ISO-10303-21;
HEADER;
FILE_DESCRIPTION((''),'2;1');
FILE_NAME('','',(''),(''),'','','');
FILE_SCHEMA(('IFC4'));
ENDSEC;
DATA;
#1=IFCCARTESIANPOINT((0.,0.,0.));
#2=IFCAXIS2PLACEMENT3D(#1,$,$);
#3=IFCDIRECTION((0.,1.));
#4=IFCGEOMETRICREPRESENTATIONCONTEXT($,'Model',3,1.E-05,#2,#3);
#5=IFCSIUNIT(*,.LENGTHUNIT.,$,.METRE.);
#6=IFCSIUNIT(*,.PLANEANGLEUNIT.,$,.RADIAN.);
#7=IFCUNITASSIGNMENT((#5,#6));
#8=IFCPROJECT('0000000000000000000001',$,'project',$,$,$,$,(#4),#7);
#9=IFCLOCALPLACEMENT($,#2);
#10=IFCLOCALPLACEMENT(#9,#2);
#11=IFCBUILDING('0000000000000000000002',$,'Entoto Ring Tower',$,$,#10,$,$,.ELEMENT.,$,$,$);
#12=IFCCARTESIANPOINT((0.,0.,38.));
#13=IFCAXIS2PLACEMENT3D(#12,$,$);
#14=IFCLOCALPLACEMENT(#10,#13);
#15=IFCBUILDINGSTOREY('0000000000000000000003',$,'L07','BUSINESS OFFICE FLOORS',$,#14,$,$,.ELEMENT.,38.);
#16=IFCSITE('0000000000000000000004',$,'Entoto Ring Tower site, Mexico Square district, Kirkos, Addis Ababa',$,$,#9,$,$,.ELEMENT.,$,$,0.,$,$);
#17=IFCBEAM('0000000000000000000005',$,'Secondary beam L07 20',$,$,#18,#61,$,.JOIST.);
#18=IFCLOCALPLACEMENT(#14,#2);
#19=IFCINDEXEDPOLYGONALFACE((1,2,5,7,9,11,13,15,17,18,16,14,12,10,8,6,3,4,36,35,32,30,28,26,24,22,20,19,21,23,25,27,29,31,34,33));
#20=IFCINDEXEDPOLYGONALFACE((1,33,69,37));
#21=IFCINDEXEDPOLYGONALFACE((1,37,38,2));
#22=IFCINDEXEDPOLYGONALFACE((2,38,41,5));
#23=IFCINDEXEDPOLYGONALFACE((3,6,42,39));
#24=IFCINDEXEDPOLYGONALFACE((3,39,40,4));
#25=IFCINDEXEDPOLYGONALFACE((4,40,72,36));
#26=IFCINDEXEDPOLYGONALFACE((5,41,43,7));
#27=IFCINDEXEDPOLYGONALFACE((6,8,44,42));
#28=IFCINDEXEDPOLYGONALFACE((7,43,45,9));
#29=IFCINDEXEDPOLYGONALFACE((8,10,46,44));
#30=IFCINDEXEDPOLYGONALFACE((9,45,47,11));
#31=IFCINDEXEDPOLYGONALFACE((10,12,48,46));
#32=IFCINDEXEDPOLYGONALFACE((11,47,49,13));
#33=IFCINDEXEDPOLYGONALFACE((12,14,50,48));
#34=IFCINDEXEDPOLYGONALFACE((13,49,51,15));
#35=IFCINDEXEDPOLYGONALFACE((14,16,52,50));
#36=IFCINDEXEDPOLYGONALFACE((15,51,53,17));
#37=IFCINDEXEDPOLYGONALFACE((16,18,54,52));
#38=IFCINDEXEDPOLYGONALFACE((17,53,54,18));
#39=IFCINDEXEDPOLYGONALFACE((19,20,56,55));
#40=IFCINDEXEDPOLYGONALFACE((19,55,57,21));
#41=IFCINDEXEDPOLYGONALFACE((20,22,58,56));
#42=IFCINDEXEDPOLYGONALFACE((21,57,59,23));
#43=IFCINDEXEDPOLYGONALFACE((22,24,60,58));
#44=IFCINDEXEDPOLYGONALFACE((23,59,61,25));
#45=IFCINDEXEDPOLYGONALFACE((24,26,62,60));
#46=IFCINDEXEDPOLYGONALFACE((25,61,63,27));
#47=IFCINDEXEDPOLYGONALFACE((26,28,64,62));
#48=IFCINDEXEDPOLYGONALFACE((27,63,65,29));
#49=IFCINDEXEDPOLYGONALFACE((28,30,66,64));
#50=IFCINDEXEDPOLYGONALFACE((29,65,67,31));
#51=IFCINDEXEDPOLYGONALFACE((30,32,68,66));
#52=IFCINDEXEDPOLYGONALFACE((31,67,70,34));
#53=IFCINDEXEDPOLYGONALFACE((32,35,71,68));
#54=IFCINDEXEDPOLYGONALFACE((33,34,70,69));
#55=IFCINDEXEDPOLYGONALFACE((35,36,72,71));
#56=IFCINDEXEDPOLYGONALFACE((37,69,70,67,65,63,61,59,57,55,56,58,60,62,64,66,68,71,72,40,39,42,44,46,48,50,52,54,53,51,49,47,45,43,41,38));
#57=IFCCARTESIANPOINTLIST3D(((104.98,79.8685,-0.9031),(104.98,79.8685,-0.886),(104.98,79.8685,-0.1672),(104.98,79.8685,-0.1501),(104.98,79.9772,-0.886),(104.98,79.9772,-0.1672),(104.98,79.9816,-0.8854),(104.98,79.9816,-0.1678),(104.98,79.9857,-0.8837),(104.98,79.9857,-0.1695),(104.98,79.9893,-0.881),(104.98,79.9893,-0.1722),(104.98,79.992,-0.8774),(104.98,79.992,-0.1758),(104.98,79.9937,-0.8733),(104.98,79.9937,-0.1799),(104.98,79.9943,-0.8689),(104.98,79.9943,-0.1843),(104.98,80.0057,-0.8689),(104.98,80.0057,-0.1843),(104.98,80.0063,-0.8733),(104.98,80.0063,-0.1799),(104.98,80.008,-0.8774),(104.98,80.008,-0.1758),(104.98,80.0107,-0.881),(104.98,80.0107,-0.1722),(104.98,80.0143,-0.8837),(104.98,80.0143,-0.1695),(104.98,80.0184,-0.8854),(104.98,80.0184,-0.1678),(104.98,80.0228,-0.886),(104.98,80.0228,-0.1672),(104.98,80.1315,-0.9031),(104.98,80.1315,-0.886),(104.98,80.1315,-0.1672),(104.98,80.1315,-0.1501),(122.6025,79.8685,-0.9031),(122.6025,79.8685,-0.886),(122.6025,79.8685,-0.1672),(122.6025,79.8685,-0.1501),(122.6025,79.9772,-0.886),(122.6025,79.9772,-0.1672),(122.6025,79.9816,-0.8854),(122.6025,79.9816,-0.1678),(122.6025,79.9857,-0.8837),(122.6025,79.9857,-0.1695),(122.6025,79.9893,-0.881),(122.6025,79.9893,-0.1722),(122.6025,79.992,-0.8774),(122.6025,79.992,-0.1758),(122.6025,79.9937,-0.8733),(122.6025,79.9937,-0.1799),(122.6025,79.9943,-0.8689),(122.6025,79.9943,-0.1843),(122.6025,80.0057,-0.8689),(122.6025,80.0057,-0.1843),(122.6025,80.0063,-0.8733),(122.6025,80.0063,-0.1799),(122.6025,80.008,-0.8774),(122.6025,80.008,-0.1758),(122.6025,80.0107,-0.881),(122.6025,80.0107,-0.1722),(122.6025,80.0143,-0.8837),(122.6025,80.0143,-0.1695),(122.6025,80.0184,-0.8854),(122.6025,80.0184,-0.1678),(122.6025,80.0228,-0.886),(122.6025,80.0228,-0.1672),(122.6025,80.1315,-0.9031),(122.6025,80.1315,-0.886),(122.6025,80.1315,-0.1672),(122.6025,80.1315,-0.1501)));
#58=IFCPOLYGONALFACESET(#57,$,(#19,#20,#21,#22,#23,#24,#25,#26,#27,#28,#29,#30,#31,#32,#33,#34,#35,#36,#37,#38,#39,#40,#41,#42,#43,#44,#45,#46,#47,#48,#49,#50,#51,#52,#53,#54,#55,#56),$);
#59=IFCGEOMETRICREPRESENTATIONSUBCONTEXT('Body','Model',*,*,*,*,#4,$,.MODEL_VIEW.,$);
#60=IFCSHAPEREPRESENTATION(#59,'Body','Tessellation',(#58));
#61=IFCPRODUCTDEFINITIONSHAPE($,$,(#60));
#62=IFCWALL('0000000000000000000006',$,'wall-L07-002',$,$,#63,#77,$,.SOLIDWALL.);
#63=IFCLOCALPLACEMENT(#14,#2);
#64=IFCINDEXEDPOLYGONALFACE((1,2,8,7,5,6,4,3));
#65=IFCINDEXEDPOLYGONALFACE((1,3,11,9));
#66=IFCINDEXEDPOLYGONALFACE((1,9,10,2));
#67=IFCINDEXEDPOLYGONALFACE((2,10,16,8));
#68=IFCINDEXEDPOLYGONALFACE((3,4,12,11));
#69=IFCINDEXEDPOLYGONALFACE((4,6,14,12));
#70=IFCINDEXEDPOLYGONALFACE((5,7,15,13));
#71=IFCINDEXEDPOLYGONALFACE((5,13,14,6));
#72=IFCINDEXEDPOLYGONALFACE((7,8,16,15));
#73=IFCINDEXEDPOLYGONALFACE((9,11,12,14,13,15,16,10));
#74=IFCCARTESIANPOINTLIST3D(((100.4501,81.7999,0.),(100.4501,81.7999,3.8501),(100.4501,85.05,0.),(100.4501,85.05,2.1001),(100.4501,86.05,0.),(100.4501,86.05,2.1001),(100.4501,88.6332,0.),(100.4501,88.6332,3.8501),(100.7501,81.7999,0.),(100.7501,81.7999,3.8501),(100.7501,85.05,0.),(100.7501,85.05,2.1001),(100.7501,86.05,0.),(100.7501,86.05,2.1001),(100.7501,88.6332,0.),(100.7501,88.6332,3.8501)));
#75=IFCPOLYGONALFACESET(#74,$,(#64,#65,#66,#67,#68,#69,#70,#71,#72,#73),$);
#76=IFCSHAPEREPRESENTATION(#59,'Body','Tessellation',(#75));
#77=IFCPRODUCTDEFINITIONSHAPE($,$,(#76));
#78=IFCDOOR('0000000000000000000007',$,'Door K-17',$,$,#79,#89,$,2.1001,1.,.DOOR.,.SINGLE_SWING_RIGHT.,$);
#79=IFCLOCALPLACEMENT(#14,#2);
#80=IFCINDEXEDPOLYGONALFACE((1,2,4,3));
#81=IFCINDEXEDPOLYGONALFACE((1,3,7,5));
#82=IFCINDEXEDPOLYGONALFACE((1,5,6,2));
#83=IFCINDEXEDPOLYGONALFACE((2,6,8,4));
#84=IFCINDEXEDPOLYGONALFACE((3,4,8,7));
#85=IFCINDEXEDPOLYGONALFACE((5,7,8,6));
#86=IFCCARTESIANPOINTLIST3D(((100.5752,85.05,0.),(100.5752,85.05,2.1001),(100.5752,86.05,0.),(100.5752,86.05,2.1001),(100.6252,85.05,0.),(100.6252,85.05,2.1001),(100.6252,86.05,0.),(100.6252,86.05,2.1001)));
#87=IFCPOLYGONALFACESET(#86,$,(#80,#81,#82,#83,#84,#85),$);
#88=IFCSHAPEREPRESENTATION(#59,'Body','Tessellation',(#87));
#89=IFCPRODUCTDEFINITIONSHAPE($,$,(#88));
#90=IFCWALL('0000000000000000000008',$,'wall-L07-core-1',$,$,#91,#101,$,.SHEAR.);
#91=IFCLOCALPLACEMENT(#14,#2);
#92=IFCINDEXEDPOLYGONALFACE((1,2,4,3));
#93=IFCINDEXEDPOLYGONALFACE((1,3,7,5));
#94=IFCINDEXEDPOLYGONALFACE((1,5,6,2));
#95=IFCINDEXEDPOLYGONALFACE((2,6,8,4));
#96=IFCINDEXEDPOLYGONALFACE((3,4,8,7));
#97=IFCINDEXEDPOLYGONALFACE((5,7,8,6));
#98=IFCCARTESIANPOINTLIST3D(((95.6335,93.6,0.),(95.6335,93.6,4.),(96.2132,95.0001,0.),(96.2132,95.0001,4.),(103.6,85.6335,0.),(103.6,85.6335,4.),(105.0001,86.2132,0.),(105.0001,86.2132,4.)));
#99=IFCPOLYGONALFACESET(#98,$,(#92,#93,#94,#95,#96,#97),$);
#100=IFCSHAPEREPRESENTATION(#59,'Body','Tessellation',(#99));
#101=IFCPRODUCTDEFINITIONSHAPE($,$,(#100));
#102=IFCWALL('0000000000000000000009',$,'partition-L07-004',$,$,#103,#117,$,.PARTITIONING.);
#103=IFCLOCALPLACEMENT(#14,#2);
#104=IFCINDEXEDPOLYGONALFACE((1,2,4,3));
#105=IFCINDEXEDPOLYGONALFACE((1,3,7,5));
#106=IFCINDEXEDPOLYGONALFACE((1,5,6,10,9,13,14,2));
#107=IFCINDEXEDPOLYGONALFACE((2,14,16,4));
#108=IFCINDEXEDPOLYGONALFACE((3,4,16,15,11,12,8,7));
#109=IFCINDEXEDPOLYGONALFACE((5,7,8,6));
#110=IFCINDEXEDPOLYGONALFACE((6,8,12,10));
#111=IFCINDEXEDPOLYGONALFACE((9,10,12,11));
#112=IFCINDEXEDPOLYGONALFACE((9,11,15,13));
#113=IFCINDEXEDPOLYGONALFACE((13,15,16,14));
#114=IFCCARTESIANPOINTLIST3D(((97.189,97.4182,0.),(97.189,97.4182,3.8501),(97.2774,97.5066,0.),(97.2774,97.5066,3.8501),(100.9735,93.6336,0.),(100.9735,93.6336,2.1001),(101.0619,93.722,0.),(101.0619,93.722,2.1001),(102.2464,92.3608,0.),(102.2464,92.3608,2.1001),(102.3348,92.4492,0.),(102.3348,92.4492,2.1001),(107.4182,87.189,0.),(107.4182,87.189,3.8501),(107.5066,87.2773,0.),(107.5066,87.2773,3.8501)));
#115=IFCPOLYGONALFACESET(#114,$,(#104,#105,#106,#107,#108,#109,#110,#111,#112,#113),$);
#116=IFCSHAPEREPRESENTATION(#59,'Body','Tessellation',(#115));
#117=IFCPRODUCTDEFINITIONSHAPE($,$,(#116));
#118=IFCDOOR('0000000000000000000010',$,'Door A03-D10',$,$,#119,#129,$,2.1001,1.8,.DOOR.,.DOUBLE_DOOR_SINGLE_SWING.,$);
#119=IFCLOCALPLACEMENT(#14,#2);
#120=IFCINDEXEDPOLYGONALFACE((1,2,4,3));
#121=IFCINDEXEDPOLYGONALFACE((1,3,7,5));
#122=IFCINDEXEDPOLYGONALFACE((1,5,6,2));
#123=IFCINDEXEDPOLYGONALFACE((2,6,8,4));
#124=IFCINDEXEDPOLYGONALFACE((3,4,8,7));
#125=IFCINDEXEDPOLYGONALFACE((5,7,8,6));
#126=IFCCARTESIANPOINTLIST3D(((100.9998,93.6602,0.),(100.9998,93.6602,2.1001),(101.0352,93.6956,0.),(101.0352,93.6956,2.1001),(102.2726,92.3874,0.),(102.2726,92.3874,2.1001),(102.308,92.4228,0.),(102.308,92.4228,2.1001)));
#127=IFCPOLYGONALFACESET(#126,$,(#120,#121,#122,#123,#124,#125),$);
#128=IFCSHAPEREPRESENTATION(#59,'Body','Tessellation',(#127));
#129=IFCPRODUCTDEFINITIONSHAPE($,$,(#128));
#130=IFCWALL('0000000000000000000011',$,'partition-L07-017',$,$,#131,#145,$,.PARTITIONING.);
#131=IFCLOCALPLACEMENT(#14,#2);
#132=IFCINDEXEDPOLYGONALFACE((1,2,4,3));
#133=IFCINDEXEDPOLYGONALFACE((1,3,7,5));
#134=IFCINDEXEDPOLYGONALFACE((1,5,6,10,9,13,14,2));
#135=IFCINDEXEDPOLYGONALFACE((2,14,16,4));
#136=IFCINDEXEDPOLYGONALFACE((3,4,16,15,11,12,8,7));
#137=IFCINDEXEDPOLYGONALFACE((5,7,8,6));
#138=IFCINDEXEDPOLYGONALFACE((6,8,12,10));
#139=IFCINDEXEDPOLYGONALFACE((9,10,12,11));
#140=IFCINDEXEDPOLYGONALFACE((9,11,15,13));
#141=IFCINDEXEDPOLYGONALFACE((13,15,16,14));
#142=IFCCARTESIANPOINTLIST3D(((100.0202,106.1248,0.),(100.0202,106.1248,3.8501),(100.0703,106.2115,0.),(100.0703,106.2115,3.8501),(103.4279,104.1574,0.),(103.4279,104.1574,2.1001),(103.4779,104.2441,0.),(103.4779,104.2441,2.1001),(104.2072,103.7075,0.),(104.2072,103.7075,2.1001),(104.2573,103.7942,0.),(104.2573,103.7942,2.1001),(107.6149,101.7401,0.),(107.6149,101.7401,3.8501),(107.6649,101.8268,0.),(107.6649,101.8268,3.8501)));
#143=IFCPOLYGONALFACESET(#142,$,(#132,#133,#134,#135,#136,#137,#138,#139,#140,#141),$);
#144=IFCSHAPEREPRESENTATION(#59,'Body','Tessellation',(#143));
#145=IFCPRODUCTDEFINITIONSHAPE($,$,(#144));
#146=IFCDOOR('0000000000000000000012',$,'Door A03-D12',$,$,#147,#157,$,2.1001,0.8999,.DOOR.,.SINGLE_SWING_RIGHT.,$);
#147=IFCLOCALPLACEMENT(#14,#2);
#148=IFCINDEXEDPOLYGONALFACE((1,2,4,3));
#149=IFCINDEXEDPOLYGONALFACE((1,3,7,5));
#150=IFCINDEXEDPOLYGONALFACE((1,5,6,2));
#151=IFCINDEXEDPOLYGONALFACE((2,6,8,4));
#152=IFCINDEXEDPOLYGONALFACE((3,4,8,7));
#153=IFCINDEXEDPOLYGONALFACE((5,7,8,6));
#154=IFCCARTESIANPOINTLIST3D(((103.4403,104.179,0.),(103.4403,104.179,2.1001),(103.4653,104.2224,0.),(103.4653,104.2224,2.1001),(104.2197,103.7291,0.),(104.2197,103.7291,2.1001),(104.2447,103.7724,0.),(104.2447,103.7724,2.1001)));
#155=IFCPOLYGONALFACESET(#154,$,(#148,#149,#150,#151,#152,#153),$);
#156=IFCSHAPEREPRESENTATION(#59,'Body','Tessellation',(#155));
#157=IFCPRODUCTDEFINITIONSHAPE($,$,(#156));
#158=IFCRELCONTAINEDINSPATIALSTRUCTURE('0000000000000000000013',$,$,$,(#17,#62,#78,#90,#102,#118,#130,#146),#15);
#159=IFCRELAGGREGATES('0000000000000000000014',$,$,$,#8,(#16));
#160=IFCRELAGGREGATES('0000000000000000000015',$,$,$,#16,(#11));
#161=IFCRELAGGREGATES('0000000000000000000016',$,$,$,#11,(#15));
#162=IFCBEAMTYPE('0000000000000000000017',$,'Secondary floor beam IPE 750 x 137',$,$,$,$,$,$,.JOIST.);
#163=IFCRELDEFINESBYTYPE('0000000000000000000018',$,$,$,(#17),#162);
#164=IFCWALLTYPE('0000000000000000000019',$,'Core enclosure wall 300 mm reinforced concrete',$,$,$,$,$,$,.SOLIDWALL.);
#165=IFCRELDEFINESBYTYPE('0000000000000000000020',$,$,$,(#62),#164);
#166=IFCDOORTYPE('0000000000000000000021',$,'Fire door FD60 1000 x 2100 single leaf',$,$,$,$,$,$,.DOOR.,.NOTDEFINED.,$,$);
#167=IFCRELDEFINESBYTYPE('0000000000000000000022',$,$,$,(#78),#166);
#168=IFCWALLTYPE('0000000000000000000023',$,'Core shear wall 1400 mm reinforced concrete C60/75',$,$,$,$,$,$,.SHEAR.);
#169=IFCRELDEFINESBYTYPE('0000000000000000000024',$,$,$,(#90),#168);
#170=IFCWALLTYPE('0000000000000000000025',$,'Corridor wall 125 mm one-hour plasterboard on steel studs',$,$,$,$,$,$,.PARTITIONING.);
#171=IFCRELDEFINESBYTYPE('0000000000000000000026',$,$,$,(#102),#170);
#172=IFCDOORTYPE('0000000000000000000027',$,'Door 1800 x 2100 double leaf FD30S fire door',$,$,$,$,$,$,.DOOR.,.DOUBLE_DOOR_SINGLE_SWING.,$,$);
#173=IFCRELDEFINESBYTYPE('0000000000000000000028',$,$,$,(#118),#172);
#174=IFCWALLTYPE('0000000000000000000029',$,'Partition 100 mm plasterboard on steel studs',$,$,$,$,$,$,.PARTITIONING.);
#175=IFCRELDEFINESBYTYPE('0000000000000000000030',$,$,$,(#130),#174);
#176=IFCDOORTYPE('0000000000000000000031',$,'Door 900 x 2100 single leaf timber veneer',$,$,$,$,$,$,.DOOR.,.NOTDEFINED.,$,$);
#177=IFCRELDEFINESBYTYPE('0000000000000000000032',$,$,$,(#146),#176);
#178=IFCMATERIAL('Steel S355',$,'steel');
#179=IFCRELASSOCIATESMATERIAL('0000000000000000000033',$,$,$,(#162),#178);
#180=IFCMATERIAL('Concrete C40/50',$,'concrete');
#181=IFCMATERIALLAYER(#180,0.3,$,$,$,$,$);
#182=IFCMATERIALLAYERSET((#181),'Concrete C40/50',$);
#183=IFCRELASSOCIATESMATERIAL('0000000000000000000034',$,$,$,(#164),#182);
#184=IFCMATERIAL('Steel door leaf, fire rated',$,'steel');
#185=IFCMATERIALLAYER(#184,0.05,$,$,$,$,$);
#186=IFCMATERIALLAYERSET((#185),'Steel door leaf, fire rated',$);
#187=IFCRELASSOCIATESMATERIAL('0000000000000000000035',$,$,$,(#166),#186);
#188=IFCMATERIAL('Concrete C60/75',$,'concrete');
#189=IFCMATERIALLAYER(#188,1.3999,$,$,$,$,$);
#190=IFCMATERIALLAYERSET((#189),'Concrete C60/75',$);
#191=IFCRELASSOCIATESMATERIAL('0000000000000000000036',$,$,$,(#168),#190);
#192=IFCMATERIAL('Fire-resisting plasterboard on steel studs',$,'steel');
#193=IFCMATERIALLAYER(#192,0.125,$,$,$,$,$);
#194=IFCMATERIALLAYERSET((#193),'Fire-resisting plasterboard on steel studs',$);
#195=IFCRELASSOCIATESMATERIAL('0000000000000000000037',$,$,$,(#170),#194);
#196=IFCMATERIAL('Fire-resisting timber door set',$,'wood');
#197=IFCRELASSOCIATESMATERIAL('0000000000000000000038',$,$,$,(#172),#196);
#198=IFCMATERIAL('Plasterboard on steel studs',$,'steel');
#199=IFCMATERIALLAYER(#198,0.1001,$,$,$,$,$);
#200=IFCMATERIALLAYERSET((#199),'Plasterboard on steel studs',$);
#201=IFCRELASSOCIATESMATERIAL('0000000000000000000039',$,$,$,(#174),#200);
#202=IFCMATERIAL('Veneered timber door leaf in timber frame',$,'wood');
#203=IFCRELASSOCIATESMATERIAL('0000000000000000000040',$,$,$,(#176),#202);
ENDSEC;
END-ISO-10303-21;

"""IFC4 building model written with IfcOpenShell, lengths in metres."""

from ifc_helpers import new_model, si_unit, direction, frame, frame_2d, origin, origin_2d, place, context, subcontext, project, spatial, polyline, rectangle, i_section, outline, extrude, material, layer, layer_set, material_profile, profile_set, type_object, element, fill, save


model = new_model("IFC4")

# Units and contexts
model_context = context("Model", 3, precision=1e-05, world=origin(), true_north=direction((0.0, 1.0)))
body_context = subcontext(model_context, "Body", "Model", "MODEL_VIEW")
ifc_project = project(units=[si_unit("LENGTHUNIT", "METRE"), si_unit("PLANEANGLEUNIT", "RADIAN")], contexts=[model_context])

# Site, building, storey
site_placement = place(None, origin())
site = spatial("IfcSite", under=ifc_project, at=site_placement, Name="Entoto Ring Tower site, Mexico Square district, Kirkos, Addis Ababa", CompositionType="ELEMENT", RefElevation=0.0)
building_placement = place(site_placement, origin())
building = spatial("IfcBuilding", under=site, at=building_placement, Name="Entoto Ring Tower", CompositionType="ELEMENT")
storey_placement = place(building_placement, frame((0.0, 0.0, 38.0)))
storey = spatial("IfcBuildingStorey", under=building, at=storey_placement, Name="L07", Description="BUSINESS OFFICE FLOORS", CompositionType="ELEMENT", Elevation=38.0)

# Beam
ifc_material_1 = material(Name="Steel S355", Category="steel")
ifc_material_profile_1 = material_profile(ifc_material_1, i_section(OverallWidth=0.2629, OverallDepth=0.7529, WebThickness=0.0115, FlangeThickness=0.0171, FilletRadius=0.0171, at=origin_2d()), Name="IPE 750 x 137")
ifc_profile_set_1 = profile_set([ifc_material_profile_1], Name="Steel S355")
beam_type_1 = type_object("IfcBeamType", Name="Secondary floor beam IPE 750 x 137", PredefinedType="JOIST", material=ifc_profile_set_1)
beam_1_placement = place(storey_placement, frame((104.98, 80.0, -0.5266), z_axis=(1.0, 0.0, 0.0), x_axis=(0.0, 1.0, 0.0)))
element("IfcBeam", 1, at=beam_1_placement, inside=storey, type_object=beam_type_1, Name="Secondary beam L07 20", PredefinedType="JOIST", context=body_context, shape_type="SweptSolid", body=[
    extrude(i_section(OverallWidth=0.2629, OverallDepth=0.7529, WebThickness=0.0115, FlangeThickness=0.0171, FilletRadius=0.0171, at=origin_2d()), origin(), (0.0, 0.0, 1.0), 17.6226),
])

# Wall, opening, door
ifc_material_2 = material(Name="Concrete C40/50", Category="concrete")
ifc_layer_1 = layer(ifc_material_2, 0.3)
ifc_layer_set_1 = layer_set([ifc_layer_1], Name="Concrete C40/50")
wall_type_1 = type_object("IfcWallType", Name="Core enclosure wall 300 mm reinforced concrete", PredefinedType="SOLIDWALL", material=ifc_layer_set_1)
wall_1_placement = place(storey_placement, frame((100.6001, 81.8, 0.0), z_axis=(0.0, 0.0, 1.0), x_axis=(0.0, 1.0, 0.0)))
wall_1 = element("IfcWall", 2, at=wall_1_placement, inside=storey, type_object=wall_type_1, Name="wall-L07-002", PredefinedType="SOLIDWALL", context=body_context, shape_type="SweptSolid", body=[
    extrude(rectangle(XDim=6.8333, YDim=0.3, at=frame_2d((3.4165, 0.0))), origin(), (0.0, 0.0, 1.0), 3.8501),
])
opening_1_placement = place(wall_1_placement, frame((3.25, 0.0, 0.0)))
opening_1 = element("IfcOpeningElement", 3, at=opening_1_placement, cuts=wall_1, PredefinedType="OPENING", context=body_context, shape_type="SweptSolid", body=[
    extrude(rectangle(XDim=1.0, YDim=2.1001, at=frame_2d((0.5, 1.05))), frame((0.0, 0.1602, 0.0), z_axis=(0.0, -1.0, 0.0), x_axis=(1.0, 0.0, 0.0)), (0.0, 0.0, 1.0), 0.3201),
])
ifc_material_3 = material(Name="Steel door leaf, fire rated", Category="steel")
ifc_layer_2 = layer(ifc_material_3, 0.05)
ifc_layer_set_2 = layer_set([ifc_layer_2], Name="Steel door leaf, fire rated")
door_type_1 = type_object("IfcDoorType", Name="Fire door FD60 1000 x 2100 single leaf", OperationType="NOTDEFINED", PredefinedType="DOOR", material=ifc_layer_set_2)
door_1_placement = place(opening_1_placement, origin())
door_1 = element("IfcDoor", 4, at=door_1_placement, inside=storey, type_object=door_type_1, Name="Door K-17", OperationType="SINGLE_SWING_RIGHT", OverallHeight=2.1001, OverallWidth=1.0, PredefinedType="DOOR", context=body_context, shape_type="SweptSolid", body=[
    extrude(rectangle(XDim=1.0, YDim=2.1001, at=frame_2d((0.5, 1.05))), frame((0.0, 0.0249, 0.0), z_axis=(0.0, -1.0, 0.0), x_axis=(1.0, 0.0, 0.0)), (0.0, 0.0, 1.0), 0.05),
])
fill(opening_1, door_1)

# Wall
ifc_material_4 = material(Name="Concrete C60/75", Category="concrete")
ifc_layer_3 = layer(ifc_material_4, 1.3999)
ifc_layer_set_3 = layer_set([ifc_layer_3], Name="Concrete C60/75")
wall_type_2 = type_object("IfcWallType", Name="Core shear wall 1400 mm reinforced concrete C60/75", PredefinedType="SHEAR", material=ifc_layer_set_3)
wall_2_placement = place(storey_placement, frame((104.3, 85.9233, 0.0), z_axis=(0.0, 0.0, 1.0), x_axis=(-0.707107, 0.707107, 0.0)))
element("IfcWall", 5, at=wall_2_placement, inside=storey, type_object=wall_type_2, Name="wall-L07-core-1", PredefinedType="SHEAR", context=body_context, shape_type="SweptSolid", body=[
    extrude(outline(polyline([(-0.29, -0.7), (12.1365, -0.7), (11.5564, 0.7), (0.29, 0.7), (-0.29, -0.7)])), origin(), (0.0, 0.0, 1.0), 4.0),
])

# Walls, openings, doors
ifc_material_5 = material(Name="Fire-resisting plasterboard on steel studs", Category="steel")
ifc_layer_4 = layer(ifc_material_5, 0.125)
ifc_layer_set_4 = layer_set([ifc_layer_4], Name="Fire-resisting plasterboard on steel studs")
wall_type_3 = type_object("IfcWallType", Name="Corridor wall 125 mm one-hour plasterboard on steel studs", PredefinedType="PARTITIONING", material=ifc_layer_set_4)
wall_3_placement = place(storey_placement, frame((107.4624, 87.2332, 0.0), z_axis=(0.0, 0.0, 1.0), x_axis=(-0.707107, 0.707107, 0.0)))
wall_3 = element("IfcWall", 6, at=wall_3_placement, inside=storey, type_object=wall_type_3, Name="partition-L07-004", PredefinedType="PARTITIONING", context=body_context, shape_type="SweptSolid", body=[
    extrude(rectangle(XDim=14.4663, YDim=0.125, at=frame_2d((7.2332, 0.0))), origin(), (0.0, 0.0, 1.0), 3.8501),
])
opening_2_placement = place(wall_3_placement, frame((7.3142, 0.0, 0.0)))
opening_2 = element("IfcOpeningElement", 7, at=opening_2_placement, cuts=wall_3, PredefinedType="OPENING", context=body_context, shape_type="SweptSolid", body=[
    extrude(rectangle(XDim=1.8, YDim=2.1001, at=frame_2d((0.8999, 1.05))), frame((0.0, 0.0725, 0.0), z_axis=(0.0, -1.0, 0.0), x_axis=(1.0, 0.0, 0.0)), (0.0, 0.0, 1.0), 0.145),
])
ifc_material_6 = material(Name="Fire-resisting timber door set", Category="wood")
door_type_2 = type_object("IfcDoorType", Name="Door 1800 x 2100 double leaf FD30S fire door", OperationType="DOUBLE_DOOR_SINGLE_SWING", PredefinedType="DOOR", material=ifc_material_6)
door_2_placement = place(opening_2_placement, frame((1.8, 0.0, 0.0), z_axis=(0.0, 0.0, 1.0), x_axis=(-1.0, 0.0, 0.0)))
door_2 = element("IfcDoor", 8, at=door_2_placement, inside=storey, type_object=door_type_2, Name="Door A03-D10", OperationType="DOUBLE_DOOR_SINGLE_SWING", OverallHeight=2.1001, OverallWidth=1.8, PredefinedType="DOOR", context=body_context, shape_type="SweptSolid", body=[
    extrude(rectangle(XDim=1.8, YDim=2.1001, at=frame_2d((0.8999, 1.05))), frame((0.0, 0.0249, 0.0), z_axis=(0.0, -1.0, 0.0), x_axis=(1.0, 0.0, 0.0)), (0.0, 0.0, 1.0), 0.05),
])
fill(opening_2, door_2)
ifc_material_7 = material(Name="Plasterboard on steel studs", Category="steel")
ifc_layer_5 = layer(ifc_material_7, 0.1001)
ifc_layer_set_5 = layer_set([ifc_layer_5], Name="Plasterboard on steel studs")
wall_type_4 = type_object("IfcWallType", Name="Partition 100 mm plasterboard on steel studs", PredefinedType="PARTITIONING", material=ifc_layer_set_5)
wall_4_placement = place(storey_placement, frame((107.6399, 101.7834, 0.0), z_axis=(0.0, 0.0, 1.0), x_axis=(-0.866028, 0.499996, 0.0)))
wall_4 = element("IfcWall", 9, at=wall_4_placement, inside=storey, type_object=wall_type_4, Name="partition-L07-017", PredefinedType="PARTITIONING", context=body_context, shape_type="SweptSolid", body=[
    extrude(rectangle(XDim=8.7695, YDim=0.1001, at=frame_2d((4.3848, 0.0))), origin(), (0.0, 0.0, 1.0), 3.8501),
])
opening_3_placement = place(wall_4_placement, frame((3.9348, 0.0, 0.0)))
opening_3 = element("IfcOpeningElement", 10, at=opening_3_placement, cuts=wall_4, PredefinedType="OPENING", context=body_context, shape_type="SweptSolid", body=[
    extrude(rectangle(XDim=0.8999, YDim=2.1001, at=frame_2d((0.45, 1.05))), frame((0.0, 0.0601, 0.0), z_axis=(0.0, -1.0, 0.0), x_axis=(1.0, 0.0, 0.0)), (0.0, 0.0, 1.0), 0.1201),
])
ifc_material_8 = material(Name="Veneered timber door leaf in timber frame", Category="wood")
door_type_3 = type_object("IfcDoorType", Name="Door 900 x 2100 single leaf timber veneer", OperationType="NOTDEFINED", PredefinedType="DOOR", material=ifc_material_8)
door_3_placement = place(opening_3_placement, frame((0.8999, 0.0, 0.0), z_axis=(0.0, 0.0, 1.0), x_axis=(-1.0, 0.0, 0.0)))
door_3 = element("IfcDoor", 11, at=door_3_placement, inside=storey, type_object=door_type_3, Name="Door A03-D12", OperationType="SINGLE_SWING_RIGHT", OverallHeight=2.1001, OverallWidth=0.8999, PredefinedType="DOOR", context=body_context, shape_type="SweptSolid", body=[
    extrude(rectangle(XDim=0.8999, YDim=2.1001, at=frame_2d((0.45, 1.05))), frame((0.0, 0.0249, 0.0), z_axis=(0.0, -1.0, 0.0), x_axis=(1.0, 0.0, 0.0)), (0.0, 0.0, 1.0), 0.05),
])
fill(opening_3, door_3)

save(model, "model.ifc")
